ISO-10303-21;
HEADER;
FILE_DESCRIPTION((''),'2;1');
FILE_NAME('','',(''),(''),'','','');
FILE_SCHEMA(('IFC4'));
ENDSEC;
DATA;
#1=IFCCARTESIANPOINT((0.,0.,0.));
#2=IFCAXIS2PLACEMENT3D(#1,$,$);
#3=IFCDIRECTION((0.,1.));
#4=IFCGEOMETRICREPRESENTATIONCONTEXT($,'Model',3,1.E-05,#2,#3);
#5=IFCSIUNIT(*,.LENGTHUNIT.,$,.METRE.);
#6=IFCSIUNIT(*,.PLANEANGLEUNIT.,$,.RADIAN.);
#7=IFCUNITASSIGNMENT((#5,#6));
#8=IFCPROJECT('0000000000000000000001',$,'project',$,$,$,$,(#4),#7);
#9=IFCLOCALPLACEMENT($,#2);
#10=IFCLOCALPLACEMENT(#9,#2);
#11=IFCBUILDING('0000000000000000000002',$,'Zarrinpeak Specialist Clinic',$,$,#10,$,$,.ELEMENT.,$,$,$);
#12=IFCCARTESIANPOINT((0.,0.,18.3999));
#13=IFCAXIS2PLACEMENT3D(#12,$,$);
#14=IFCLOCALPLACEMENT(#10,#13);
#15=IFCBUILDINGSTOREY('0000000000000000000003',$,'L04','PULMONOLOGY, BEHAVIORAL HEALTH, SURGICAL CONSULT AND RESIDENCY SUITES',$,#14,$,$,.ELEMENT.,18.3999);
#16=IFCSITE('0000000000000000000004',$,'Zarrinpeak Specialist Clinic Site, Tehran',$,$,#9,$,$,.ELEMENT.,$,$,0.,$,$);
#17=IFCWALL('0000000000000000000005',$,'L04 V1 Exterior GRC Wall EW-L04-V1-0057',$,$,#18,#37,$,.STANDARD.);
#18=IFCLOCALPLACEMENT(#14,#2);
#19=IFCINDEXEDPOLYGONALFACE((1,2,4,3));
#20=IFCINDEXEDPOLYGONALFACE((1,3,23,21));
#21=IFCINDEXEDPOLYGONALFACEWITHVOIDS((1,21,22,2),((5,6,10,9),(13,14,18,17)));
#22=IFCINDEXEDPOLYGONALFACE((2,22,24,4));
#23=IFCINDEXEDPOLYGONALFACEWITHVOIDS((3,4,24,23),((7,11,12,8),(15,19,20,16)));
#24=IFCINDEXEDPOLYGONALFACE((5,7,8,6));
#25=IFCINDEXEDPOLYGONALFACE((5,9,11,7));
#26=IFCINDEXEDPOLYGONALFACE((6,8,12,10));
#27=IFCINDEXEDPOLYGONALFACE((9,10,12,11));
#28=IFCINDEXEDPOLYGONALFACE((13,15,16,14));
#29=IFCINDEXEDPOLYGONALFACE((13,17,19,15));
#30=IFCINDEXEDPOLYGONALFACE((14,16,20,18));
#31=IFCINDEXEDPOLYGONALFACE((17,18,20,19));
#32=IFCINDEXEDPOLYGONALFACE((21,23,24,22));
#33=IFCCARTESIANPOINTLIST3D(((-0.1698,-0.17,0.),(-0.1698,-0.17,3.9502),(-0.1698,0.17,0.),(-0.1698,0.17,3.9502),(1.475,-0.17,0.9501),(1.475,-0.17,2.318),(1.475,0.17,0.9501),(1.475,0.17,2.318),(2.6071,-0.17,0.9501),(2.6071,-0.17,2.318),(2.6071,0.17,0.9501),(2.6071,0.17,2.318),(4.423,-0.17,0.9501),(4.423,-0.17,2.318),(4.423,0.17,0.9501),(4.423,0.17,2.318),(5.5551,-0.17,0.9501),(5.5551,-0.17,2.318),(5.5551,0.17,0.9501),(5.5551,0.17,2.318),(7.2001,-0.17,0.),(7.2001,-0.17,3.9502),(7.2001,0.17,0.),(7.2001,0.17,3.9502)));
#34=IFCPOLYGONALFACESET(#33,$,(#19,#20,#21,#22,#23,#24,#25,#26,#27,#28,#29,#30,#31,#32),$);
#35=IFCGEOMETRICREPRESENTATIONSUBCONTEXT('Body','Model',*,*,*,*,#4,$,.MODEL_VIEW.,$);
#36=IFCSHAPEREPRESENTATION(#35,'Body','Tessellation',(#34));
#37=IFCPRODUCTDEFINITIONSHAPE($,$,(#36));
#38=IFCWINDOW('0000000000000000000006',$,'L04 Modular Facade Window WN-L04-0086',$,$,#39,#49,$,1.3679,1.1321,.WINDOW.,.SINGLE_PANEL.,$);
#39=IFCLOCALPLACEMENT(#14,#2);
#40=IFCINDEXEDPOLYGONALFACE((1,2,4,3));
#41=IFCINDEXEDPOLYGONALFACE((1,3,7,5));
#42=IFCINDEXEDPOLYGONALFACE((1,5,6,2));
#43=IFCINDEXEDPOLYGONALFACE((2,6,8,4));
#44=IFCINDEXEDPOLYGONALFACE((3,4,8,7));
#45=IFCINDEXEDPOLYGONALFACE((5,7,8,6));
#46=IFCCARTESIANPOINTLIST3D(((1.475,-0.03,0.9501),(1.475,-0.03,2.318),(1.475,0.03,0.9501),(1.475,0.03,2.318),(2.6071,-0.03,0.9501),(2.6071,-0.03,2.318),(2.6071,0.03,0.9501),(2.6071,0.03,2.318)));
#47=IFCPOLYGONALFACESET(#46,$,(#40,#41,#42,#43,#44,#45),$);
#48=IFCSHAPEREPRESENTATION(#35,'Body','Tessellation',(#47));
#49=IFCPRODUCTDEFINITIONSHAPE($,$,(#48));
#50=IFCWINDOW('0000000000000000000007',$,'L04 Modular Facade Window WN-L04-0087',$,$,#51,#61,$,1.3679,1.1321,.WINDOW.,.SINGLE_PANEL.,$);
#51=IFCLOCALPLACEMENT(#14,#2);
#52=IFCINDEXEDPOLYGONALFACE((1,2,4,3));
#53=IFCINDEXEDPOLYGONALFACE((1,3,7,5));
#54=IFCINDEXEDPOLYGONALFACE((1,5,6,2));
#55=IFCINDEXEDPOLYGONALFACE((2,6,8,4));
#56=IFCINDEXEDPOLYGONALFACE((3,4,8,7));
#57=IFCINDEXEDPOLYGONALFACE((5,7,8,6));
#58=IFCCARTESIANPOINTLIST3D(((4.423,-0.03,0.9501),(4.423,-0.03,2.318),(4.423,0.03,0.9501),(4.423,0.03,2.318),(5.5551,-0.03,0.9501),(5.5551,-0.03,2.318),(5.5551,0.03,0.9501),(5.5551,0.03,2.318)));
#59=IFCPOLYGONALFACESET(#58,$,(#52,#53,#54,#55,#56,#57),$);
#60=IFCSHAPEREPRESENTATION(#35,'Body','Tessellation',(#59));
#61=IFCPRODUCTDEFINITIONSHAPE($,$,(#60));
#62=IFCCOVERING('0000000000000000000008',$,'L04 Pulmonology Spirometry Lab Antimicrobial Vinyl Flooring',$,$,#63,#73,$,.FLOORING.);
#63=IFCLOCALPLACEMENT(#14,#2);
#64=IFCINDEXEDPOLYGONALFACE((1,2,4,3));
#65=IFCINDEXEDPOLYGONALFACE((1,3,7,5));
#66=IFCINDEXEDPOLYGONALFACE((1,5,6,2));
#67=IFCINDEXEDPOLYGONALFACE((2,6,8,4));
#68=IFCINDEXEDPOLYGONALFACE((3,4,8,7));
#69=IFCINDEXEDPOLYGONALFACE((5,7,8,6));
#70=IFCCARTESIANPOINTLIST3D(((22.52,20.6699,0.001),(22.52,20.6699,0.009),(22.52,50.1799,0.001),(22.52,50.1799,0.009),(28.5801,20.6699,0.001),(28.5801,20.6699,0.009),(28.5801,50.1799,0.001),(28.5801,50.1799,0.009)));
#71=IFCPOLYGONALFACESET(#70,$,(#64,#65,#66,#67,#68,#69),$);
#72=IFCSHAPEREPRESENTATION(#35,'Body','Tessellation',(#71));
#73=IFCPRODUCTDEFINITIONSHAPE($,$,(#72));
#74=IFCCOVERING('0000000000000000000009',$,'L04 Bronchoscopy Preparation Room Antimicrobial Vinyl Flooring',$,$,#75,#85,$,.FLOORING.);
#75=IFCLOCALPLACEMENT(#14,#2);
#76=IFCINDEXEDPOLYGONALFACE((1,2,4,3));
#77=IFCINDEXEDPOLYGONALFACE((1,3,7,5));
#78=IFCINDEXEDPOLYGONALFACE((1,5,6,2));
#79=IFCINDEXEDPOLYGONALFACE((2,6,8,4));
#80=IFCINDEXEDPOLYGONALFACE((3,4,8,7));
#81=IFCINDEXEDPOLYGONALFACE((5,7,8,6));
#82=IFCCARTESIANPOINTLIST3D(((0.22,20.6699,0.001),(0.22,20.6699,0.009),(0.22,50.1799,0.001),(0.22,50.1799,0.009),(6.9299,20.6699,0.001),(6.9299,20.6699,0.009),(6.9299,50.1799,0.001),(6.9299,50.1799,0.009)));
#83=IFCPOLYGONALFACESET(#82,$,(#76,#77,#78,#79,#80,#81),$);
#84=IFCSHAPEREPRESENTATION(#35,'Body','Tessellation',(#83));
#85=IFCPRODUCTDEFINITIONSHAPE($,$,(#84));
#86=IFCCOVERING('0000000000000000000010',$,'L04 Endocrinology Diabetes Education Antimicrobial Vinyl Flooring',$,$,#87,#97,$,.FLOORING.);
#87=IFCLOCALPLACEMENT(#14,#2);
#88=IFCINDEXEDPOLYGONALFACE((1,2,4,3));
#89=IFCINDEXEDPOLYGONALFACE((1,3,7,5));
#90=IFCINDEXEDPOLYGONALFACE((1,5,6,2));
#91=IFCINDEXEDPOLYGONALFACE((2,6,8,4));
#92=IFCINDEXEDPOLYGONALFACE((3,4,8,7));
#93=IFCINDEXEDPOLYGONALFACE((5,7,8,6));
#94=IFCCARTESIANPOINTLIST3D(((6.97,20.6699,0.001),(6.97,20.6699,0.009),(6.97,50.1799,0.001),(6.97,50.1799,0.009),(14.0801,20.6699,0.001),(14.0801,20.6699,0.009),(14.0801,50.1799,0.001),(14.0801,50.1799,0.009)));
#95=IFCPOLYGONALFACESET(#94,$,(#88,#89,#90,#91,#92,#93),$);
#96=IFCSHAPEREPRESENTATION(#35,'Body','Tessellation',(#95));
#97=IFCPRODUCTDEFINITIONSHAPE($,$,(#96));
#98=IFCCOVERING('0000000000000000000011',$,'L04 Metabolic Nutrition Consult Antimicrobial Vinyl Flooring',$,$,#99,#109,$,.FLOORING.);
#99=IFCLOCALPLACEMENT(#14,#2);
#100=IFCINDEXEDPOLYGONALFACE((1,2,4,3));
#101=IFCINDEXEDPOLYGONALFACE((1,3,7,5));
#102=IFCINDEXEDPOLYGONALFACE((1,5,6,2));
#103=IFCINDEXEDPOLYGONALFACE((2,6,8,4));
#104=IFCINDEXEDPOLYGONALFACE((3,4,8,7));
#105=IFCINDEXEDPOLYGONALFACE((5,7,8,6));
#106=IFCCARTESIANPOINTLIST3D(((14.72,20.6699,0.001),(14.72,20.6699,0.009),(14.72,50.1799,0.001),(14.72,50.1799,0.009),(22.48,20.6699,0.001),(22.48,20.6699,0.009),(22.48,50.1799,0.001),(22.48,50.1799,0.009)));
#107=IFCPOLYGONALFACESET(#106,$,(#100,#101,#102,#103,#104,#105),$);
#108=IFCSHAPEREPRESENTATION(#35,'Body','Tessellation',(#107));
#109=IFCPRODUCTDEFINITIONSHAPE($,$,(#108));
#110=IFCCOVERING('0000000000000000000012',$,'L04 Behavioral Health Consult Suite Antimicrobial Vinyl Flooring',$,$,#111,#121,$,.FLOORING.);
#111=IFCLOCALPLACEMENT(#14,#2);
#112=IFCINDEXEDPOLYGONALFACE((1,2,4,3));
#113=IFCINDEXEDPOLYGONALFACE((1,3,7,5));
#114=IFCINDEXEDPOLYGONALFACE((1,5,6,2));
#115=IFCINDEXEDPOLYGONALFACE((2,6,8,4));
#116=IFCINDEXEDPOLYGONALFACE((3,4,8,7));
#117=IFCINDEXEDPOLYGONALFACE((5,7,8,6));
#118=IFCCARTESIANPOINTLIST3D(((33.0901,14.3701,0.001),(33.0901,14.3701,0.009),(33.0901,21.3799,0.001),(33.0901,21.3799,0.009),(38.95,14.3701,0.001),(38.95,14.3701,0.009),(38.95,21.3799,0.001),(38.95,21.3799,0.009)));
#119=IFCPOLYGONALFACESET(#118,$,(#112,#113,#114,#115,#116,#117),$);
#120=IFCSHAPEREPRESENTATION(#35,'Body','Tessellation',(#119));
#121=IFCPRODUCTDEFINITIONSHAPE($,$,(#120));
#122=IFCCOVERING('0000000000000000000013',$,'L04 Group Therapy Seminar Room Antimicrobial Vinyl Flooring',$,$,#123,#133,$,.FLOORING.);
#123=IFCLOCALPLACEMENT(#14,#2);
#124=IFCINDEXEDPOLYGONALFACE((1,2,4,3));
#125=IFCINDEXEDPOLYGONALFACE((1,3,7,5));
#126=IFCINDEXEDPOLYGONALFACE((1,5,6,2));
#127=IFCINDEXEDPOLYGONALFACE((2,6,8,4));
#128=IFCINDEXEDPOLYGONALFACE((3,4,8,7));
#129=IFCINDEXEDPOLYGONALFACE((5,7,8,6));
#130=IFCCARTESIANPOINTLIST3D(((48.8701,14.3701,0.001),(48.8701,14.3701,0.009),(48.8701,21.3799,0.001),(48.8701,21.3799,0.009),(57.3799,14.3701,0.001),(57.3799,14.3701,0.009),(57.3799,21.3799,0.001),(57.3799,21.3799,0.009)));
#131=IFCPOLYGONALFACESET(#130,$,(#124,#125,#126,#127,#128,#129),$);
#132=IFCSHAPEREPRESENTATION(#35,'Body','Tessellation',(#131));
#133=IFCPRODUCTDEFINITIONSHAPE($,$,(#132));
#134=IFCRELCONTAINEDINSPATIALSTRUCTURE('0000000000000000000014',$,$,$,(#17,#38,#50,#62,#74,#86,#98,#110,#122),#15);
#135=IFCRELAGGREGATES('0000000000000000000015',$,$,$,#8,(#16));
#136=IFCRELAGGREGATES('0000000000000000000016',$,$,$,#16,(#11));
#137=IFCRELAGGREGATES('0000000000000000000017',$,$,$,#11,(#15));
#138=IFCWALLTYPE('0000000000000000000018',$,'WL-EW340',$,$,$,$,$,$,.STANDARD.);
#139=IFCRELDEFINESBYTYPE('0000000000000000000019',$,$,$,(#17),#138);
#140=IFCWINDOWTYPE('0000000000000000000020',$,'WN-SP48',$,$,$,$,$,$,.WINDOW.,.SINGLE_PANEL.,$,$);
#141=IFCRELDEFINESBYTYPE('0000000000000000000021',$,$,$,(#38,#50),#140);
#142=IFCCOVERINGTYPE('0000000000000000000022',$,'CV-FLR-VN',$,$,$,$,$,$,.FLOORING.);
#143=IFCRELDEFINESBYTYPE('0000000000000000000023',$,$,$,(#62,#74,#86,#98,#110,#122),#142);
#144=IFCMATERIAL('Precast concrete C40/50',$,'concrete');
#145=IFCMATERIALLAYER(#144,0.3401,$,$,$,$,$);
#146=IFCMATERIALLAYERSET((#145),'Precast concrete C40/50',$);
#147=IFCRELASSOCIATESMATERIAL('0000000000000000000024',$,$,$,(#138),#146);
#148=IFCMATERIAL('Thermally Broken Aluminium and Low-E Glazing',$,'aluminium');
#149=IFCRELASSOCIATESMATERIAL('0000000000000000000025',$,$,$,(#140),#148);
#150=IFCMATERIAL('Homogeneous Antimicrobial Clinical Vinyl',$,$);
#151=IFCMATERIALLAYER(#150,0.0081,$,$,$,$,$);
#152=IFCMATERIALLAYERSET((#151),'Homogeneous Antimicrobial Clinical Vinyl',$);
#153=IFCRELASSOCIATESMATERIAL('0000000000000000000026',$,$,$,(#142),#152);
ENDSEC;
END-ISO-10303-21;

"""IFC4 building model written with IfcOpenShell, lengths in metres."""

from ifc_helpers import new_model, si_unit, direction, frame, frame_2d, origin, place, context, subcontext, project, spatial, polyline, rectangle, outline, extrude, material, layer, layer_set, type_object, element, fill, save


model = new_model("IFC4")

# Units and contexts
model_context = context("Model", 3, precision=1e-05, world=origin(), true_north=direction((0.0, 1.0)))
body_context = subcontext(model_context, "Body", "Model", "MODEL_VIEW")
ifc_project = project(units=[si_unit("LENGTHUNIT", "METRE"), si_unit("PLANEANGLEUNIT", "RADIAN")], contexts=[model_context])

# Site, building, storey
site_placement = place(None, origin())
site = spatial("IfcSite", under=ifc_project, at=site_placement, Name="Zarrinpeak Specialist Clinic Site, Tehran", CompositionType="ELEMENT", RefElevation=0.0)
building_placement = place(site_placement, origin())
building = spatial("IfcBuilding", under=site, at=building_placement, Name="Zarrinpeak Specialist Clinic", CompositionType="ELEMENT")
storey_placement = place(building_placement, frame((0.0, 0.0, 18.3999)))
storey = spatial("IfcBuildingStorey", under=building, at=storey_placement, Name="L04", Description="PULMONOLOGY, BEHAVIORAL HEALTH, SURGICAL CONSULT AND RESIDENCY SUITES", CompositionType="ELEMENT", Elevation=18.3999)

# Wall, openings, windows
ifc_material_1 = material(Name="Precast concrete C40/50", Category="concrete")
ifc_layer_1 = layer(ifc_material_1, 0.3401)
ifc_layer_set_1 = layer_set([ifc_layer_1], Name="Precast concrete C40/50")
wall_type = type_object("IfcWallType", Name="WL-EW340", PredefinedType="STANDARD", material=ifc_layer_set_1)
wall_placement = place(storey_placement, frame((-0.1699, 0.0, 0.0), z_axis=(0.0, 0.0, 1.0), x_axis=(1.0, 0.0, 0.0)))
wall = element("IfcWall", 1, at=wall_placement, inside=storey, type_object=wall_type, Name="L04 V1 Exterior GRC Wall EW-L04-V1-0057", PredefinedType="STANDARD", context=body_context, shape_type="SweptSolid", body=[
    extrude(rectangle(XDim=7.3699, YDim=0.3401, at=frame_2d((3.6851, 0.0))), origin(), (0.0, 0.0, 1.0), 3.9502),
])
opening_1_placement = place(wall_placement, frame((1.645, 0.0, 0.95)))
opening_1 = element("IfcOpeningElement", 2, at=opening_1_placement, cuts=wall, PredefinedType="OPENING", context=body_context, shape_type="SweptSolid", body=[
    extrude(rectangle(XDim=1.1321, YDim=1.3679, at=frame_2d((0.5659, 0.6841))), frame((0.0, 0.1802, 0.0), z_axis=(0.0, -1.0, 0.0), x_axis=(1.0, 0.0, 0.0)), (0.0, 0.0, 1.0), 0.3601),
])
opening_2_placement = place(wall_placement, frame((4.593, 0.0, 0.95)))
opening_2 = element("IfcOpeningElement", 3, at=opening_2_placement, cuts=wall, PredefinedType="OPENING", context=body_context, shape_type="SweptSolid", body=[
    extrude(rectangle(XDim=1.1321, YDim=1.3679, at=frame_2d((0.5659, 0.6841))), frame((0.0, 0.1802, 0.0), z_axis=(0.0, -1.0, 0.0), x_axis=(1.0, 0.0, 0.0)), (0.0, 0.0, 1.0), 0.3601),
])
ifc_material_2 = material(Name="Thermally Broken Aluminium and Low-E Glazing", Category="aluminium")
window_type = type_object("IfcWindowType", Name="WN-SP48", PartitioningType="SINGLE_PANEL", PredefinedType="WINDOW", material=ifc_material_2)
window_1_placement = place(opening_1_placement, origin())
window_1 = element("IfcWindow", 4, at=window_1_placement, inside=storey, type_object=window_type, Name="L04 Modular Facade Window WN-L04-0086", OverallHeight=1.3679, OverallWidth=1.1321, PartitioningType="SINGLE_PANEL", PredefinedType="WINDOW", context=body_context, shape_type="SweptSolid", body=[
    extrude(rectangle(XDim=1.1321, YDim=1.3679, at=frame_2d((0.5659, 0.6841))), frame((0.0, 0.03, 0.0), z_axis=(0.0, -1.0, 0.0), x_axis=(1.0, 0.0, 0.0)), (0.0, 0.0, 1.0), 0.0601),
])
fill(opening_1, window_1)
window_2_placement = place(opening_2_placement, origin())
window_2 = element("IfcWindow", 5, at=window_2_placement, inside=storey, type_object=window_type, Name="L04 Modular Facade Window WN-L04-0087", OverallHeight=1.3679, OverallWidth=1.1321, PartitioningType="SINGLE_PANEL", PredefinedType="WINDOW", context=body_context, shape_type="SweptSolid", body=[
    extrude(rectangle(XDim=1.1321, YDim=1.3679, at=frame_2d((0.5659, 0.6841))), frame((0.0, 0.03, 0.0), z_axis=(0.0, -1.0, 0.0), x_axis=(1.0, 0.0, 0.0)), (0.0, 0.0, 1.0), 0.0601),
])
fill(opening_2, window_2)

# Coverings
ifc_material_3 = material(Name="Homogeneous Antimicrobial Clinical Vinyl")
ifc_layer_2 = layer(ifc_material_3, 0.0081)
ifc_layer_set_2 = layer_set([ifc_layer_2], Name="Homogeneous Antimicrobial Clinical Vinyl")
covering_type = type_object("IfcCoveringType", Name="CV-FLR-VN", PredefinedType="FLOORING", material=ifc_layer_set_2)
covering_1_placement = place(storey_placement, frame((0.0, 0.0, 0.001)))
element("IfcCovering", 6, at=covering_1_placement, inside=storey, type_object=covering_type, Name="L04 Pulmonology Spirometry Lab Antimicrobial Vinyl Flooring", PredefinedType="FLOORING", context=body_context, shape_type="SweptSolid", body=[
    extrude(outline(polyline([(22.52, 20.6699), (28.5801, 20.6699), (28.5801, 50.1799), (22.52, 50.1799), (22.52, 20.6699)])), origin(), (0.0, 0.0, 1.0), 0.0081),
])
covering_2_placement = place(storey_placement, frame((0.0, 0.0, 0.001)))
element("IfcCovering", 7, at=covering_2_placement, inside=storey, type_object=covering_type, Name="L04 Bronchoscopy Preparation Room Antimicrobial Vinyl Flooring", PredefinedType="FLOORING", context=body_context, shape_type="SweptSolid", body=[
    extrude(outline(polyline([(0.22, 20.6699), (6.9299, 20.6699), (6.9299, 50.1799), (0.22, 50.1799), (0.22, 20.6699)])), origin(), (0.0, 0.0, 1.0), 0.0081),
])
covering_3_placement = place(storey_placement, frame((0.0, 0.0, 0.001)))
element("IfcCovering", 8, at=covering_3_placement, inside=storey, type_object=covering_type, Name="L04 Endocrinology Diabetes Education Antimicrobial Vinyl Flooring", PredefinedType="FLOORING", context=body_context, shape_type="SweptSolid", body=[
    extrude(outline(polyline([(6.97, 20.6699), (14.0801, 20.6699), (14.0801, 50.1799), (6.97, 50.1799), (6.97, 20.6699)])), origin(), (0.0, 0.0, 1.0), 0.0081),
])
covering_4_placement = place(storey_placement, frame((0.0, 0.0, 0.001)))
element("IfcCovering", 9, at=covering_4_placement, inside=storey, type_object=covering_type, Name="L04 Metabolic Nutrition Consult Antimicrobial Vinyl Flooring", PredefinedType="FLOORING", context=body_context, shape_type="SweptSolid", body=[
    extrude(outline(polyline([(14.72, 20.6699), (22.48, 20.6699), (22.48, 50.1799), (14.72, 50.1799), (14.72, 20.6699)])), origin(), (0.0, 0.0, 1.0), 0.0081),
])
covering_5_placement = place(storey_placement, frame((0.0, 0.0, 0.001)))
element("IfcCovering", 10, at=covering_5_placement, inside=storey, type_object=covering_type, Name="L04 Behavioral Health Consult Suite Antimicrobial Vinyl Flooring", PredefinedType="FLOORING", context=body_context, shape_type="SweptSolid", body=[
    extrude(outline(polyline([(33.0901, 14.3701), (38.95, 14.3701), (38.95, 21.3799), (33.0901, 21.3799), (33.0901, 14.3701)])), origin(), (0.0, 0.0, 1.0), 0.0081),
])
covering_6_placement = place(storey_placement, frame((0.0, 0.0, 0.001)))
element("IfcCovering", 11, at=covering_6_placement, inside=storey, type_object=covering_type, Name="L04 Group Therapy Seminar Room Antimicrobial Vinyl Flooring", PredefinedType="FLOORING", context=body_context, shape_type="SweptSolid", body=[
    extrude(outline(polyline([(48.8701, 14.3701), (57.3799, 14.3701), (57.3799, 21.3799), (48.8701, 21.3799), (48.8701, 14.3701)])), origin(), (0.0, 0.0, 1.0), 0.0081),
])

save(model, "model.ifc")
